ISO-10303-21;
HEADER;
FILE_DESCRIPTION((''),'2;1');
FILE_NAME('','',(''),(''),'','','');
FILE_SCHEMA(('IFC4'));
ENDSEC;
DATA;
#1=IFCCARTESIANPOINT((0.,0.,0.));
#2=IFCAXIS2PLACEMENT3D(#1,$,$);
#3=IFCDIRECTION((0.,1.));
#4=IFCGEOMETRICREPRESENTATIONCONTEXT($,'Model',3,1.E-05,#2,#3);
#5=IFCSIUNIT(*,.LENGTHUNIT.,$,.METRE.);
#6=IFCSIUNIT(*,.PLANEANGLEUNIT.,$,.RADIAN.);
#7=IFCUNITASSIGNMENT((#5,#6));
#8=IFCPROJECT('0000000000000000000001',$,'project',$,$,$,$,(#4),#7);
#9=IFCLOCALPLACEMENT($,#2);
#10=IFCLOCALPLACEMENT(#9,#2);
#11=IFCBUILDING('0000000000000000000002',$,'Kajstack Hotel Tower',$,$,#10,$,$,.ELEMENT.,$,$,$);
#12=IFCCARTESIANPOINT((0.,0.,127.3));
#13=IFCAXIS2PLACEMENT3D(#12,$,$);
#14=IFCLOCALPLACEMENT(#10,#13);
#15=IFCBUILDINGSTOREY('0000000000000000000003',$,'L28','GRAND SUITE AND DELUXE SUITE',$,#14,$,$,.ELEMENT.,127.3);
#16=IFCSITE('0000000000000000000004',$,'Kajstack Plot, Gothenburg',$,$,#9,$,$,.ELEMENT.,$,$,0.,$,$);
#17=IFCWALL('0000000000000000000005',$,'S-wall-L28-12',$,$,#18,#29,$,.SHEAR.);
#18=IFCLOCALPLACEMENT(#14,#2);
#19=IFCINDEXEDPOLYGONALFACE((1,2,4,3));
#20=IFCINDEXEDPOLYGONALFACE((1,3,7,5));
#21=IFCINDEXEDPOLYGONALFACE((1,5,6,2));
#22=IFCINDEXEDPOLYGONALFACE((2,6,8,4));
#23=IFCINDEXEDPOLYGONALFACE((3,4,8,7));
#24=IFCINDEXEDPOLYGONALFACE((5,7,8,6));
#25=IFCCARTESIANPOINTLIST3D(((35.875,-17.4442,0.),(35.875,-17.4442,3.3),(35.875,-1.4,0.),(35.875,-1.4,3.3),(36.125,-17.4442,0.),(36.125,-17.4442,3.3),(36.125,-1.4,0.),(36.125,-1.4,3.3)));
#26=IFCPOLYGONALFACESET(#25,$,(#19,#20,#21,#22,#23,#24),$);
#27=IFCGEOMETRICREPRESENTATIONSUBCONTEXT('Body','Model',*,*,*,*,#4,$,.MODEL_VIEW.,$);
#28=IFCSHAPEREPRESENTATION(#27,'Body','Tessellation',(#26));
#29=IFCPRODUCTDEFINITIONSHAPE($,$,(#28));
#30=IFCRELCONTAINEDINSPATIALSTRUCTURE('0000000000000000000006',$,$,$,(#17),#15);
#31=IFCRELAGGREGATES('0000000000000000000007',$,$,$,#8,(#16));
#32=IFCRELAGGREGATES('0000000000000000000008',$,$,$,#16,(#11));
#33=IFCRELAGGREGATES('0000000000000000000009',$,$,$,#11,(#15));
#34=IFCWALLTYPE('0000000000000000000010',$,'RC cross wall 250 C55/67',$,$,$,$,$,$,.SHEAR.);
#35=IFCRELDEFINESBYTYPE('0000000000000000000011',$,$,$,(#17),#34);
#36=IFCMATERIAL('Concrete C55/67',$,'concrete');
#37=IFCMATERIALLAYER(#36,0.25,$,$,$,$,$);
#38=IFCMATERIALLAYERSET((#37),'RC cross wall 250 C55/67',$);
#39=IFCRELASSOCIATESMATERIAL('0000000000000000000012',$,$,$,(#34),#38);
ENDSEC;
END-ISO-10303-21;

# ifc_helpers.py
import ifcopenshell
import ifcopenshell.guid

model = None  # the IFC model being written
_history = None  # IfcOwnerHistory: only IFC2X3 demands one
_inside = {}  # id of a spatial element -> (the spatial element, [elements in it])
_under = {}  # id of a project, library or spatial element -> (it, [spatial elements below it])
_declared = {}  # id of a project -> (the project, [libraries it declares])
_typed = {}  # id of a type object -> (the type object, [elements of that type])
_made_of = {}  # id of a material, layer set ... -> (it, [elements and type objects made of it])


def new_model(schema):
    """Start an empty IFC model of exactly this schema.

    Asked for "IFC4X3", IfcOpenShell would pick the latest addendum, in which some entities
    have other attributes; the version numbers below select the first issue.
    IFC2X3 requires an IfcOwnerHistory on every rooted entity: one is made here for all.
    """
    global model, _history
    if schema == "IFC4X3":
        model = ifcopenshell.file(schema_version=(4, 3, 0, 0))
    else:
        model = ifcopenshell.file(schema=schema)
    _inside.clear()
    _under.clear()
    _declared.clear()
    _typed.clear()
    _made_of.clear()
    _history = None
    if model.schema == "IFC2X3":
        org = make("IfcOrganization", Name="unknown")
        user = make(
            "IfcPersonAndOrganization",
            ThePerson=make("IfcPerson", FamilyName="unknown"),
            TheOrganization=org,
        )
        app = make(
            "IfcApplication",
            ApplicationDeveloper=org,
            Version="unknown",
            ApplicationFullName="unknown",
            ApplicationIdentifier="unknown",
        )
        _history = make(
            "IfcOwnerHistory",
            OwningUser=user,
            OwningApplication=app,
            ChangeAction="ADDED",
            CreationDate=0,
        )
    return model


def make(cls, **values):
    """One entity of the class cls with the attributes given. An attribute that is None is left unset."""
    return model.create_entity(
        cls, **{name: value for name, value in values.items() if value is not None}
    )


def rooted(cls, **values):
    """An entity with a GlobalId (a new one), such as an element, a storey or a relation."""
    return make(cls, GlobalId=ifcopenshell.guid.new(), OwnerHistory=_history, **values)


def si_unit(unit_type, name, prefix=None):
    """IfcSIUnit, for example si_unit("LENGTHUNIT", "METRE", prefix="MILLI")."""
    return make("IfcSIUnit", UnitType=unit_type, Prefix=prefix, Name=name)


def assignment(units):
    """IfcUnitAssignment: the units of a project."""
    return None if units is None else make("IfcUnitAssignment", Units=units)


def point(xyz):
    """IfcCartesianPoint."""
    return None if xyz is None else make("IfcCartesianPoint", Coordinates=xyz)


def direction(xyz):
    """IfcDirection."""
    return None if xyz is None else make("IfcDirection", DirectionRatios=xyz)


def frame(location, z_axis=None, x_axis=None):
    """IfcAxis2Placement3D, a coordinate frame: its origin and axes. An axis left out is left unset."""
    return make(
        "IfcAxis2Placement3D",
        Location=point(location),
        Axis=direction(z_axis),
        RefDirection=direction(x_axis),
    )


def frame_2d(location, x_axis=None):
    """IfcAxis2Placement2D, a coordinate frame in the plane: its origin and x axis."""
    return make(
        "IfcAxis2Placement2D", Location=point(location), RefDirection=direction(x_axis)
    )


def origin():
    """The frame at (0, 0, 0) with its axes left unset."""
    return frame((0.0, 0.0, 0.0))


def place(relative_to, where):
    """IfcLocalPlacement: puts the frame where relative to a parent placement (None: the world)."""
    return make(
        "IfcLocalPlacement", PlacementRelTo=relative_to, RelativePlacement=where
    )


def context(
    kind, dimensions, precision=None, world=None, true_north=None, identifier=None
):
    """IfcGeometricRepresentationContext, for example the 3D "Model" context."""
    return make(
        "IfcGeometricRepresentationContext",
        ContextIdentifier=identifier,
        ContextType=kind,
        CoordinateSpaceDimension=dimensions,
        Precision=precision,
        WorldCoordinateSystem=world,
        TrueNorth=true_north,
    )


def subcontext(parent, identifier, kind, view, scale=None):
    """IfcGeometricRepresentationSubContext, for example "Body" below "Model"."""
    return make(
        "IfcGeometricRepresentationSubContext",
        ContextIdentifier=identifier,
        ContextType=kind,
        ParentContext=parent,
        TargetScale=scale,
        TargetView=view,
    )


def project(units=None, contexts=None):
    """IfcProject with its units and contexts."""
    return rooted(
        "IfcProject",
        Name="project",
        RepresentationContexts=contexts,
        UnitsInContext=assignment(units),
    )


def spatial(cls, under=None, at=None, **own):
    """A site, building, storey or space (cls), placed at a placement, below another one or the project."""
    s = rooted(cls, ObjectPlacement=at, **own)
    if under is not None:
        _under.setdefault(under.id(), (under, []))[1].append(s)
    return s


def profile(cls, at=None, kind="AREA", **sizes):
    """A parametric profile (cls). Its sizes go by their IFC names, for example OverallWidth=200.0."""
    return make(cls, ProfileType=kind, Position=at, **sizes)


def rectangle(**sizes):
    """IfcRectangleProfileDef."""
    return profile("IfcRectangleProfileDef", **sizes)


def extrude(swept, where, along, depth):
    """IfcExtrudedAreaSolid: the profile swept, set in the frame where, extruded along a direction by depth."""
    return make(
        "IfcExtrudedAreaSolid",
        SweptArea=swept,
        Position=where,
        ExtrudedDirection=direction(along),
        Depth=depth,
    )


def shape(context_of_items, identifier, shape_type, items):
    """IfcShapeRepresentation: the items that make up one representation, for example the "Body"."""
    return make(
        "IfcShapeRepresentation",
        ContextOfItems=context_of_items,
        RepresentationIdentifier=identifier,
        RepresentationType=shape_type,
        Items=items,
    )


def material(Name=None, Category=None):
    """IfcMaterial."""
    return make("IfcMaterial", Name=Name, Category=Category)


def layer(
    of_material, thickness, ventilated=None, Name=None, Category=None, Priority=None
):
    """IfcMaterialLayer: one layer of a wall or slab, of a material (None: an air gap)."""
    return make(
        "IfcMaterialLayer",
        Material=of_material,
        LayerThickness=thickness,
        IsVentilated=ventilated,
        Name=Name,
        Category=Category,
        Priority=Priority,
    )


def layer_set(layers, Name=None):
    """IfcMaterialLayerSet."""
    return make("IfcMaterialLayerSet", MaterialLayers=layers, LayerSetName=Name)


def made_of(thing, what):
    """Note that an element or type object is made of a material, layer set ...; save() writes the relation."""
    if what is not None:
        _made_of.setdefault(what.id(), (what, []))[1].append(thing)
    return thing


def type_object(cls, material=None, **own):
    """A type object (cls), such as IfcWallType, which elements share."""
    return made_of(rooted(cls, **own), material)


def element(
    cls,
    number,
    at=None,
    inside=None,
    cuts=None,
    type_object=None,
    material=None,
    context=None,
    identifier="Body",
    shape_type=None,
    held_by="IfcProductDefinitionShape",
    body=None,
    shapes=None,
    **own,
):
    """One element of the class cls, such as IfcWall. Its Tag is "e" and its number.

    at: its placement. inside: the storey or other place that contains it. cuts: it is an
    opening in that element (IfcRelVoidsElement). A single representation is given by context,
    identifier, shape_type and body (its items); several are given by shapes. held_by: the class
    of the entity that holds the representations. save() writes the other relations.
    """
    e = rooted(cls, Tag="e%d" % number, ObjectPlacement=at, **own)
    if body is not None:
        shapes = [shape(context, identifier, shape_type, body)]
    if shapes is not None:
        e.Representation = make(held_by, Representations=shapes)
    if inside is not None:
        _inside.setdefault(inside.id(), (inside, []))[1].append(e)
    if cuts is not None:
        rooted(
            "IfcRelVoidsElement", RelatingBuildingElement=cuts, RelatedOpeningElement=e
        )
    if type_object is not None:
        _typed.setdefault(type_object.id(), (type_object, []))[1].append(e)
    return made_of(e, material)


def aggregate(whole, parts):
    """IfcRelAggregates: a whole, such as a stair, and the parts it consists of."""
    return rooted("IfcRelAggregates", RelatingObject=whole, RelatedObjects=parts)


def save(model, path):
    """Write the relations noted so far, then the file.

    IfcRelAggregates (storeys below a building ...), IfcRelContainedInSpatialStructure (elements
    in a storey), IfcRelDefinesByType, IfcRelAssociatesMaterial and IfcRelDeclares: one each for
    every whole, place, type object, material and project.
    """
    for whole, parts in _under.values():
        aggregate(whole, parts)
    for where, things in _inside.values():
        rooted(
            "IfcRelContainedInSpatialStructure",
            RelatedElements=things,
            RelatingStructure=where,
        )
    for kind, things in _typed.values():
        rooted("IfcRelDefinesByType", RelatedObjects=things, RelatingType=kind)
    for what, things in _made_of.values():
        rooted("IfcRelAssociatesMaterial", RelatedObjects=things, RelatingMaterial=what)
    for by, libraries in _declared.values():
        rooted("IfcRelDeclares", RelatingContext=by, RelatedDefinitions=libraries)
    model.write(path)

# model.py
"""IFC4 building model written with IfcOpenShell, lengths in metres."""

from ifc_helpers import new_model, si_unit, direction, frame, frame_2d, origin, place, context, subcontext, project, spatial, rectangle, extrude, material, layer, layer_set, type_object, element, save


model = new_model("IFC4")

# Units and contexts
model_context = context("Model", 3, precision=1e-05, world=origin(), true_north=direction((0.0, 1.0)))
body_context = subcontext(model_context, "Body", "Model", "MODEL_VIEW")
ifc_project = project(units=[si_unit("LENGTHUNIT", "METRE"), si_unit("PLANEANGLEUNIT", "RADIAN")], contexts=[model_context])

# Site, building, storey
site_placement = place(None, origin())
site = spatial("IfcSite", under=ifc_project, at=site_placement, Name="Kajstack Plot, Gothenburg", CompositionType="ELEMENT", RefElevation=0.0)
building_placement = place(site_placement, origin())
building = spatial("IfcBuilding", under=site, at=building_placement, Name="Kajstack Hotel Tower", CompositionType="ELEMENT")
storey_placement = place(building_placement, frame((0.0, 0.0, 127.3)))
storey = spatial("IfcBuildingStorey", under=building, at=storey_placement, Name="L28", Description="GRAND SUITE AND DELUXE SUITE", CompositionType="ELEMENT", Elevation=127.3)

# Wall
ifc_material_1 = material(Name="Concrete C55/67", Category="concrete")
ifc_layer_1 = layer(ifc_material_1, 0.25)
ifc_layer_set_1 = layer_set([ifc_layer_1], Name="RC cross wall 250 C55/67")
wall_type_1 = type_object("IfcWallType", Name="RC cross wall 250 C55/67", PredefinedType="SHEAR", material=ifc_layer_set_1)
wall_1_placement = place(storey_placement, frame((36.0, -17.4441, 0.0), z_axis=(0.0, 0.0, 1.0), x_axis=(0.0, 1.0, 0.0)))
element("IfcWall", 1, at=wall_1_placement, inside=storey, type_object=wall_type_1, Name="S-wall-L28-12", PredefinedType="SHEAR", context=body_context, shape_type="SweptSolid", body=[
    extrude(rectangle(XDim=16.0442, YDim=0.25, at=frame_2d((8.022, 0.0))), origin(), (0.0, 0.0, 1.0), 3.3),
])

save(model, "model.ifc")
